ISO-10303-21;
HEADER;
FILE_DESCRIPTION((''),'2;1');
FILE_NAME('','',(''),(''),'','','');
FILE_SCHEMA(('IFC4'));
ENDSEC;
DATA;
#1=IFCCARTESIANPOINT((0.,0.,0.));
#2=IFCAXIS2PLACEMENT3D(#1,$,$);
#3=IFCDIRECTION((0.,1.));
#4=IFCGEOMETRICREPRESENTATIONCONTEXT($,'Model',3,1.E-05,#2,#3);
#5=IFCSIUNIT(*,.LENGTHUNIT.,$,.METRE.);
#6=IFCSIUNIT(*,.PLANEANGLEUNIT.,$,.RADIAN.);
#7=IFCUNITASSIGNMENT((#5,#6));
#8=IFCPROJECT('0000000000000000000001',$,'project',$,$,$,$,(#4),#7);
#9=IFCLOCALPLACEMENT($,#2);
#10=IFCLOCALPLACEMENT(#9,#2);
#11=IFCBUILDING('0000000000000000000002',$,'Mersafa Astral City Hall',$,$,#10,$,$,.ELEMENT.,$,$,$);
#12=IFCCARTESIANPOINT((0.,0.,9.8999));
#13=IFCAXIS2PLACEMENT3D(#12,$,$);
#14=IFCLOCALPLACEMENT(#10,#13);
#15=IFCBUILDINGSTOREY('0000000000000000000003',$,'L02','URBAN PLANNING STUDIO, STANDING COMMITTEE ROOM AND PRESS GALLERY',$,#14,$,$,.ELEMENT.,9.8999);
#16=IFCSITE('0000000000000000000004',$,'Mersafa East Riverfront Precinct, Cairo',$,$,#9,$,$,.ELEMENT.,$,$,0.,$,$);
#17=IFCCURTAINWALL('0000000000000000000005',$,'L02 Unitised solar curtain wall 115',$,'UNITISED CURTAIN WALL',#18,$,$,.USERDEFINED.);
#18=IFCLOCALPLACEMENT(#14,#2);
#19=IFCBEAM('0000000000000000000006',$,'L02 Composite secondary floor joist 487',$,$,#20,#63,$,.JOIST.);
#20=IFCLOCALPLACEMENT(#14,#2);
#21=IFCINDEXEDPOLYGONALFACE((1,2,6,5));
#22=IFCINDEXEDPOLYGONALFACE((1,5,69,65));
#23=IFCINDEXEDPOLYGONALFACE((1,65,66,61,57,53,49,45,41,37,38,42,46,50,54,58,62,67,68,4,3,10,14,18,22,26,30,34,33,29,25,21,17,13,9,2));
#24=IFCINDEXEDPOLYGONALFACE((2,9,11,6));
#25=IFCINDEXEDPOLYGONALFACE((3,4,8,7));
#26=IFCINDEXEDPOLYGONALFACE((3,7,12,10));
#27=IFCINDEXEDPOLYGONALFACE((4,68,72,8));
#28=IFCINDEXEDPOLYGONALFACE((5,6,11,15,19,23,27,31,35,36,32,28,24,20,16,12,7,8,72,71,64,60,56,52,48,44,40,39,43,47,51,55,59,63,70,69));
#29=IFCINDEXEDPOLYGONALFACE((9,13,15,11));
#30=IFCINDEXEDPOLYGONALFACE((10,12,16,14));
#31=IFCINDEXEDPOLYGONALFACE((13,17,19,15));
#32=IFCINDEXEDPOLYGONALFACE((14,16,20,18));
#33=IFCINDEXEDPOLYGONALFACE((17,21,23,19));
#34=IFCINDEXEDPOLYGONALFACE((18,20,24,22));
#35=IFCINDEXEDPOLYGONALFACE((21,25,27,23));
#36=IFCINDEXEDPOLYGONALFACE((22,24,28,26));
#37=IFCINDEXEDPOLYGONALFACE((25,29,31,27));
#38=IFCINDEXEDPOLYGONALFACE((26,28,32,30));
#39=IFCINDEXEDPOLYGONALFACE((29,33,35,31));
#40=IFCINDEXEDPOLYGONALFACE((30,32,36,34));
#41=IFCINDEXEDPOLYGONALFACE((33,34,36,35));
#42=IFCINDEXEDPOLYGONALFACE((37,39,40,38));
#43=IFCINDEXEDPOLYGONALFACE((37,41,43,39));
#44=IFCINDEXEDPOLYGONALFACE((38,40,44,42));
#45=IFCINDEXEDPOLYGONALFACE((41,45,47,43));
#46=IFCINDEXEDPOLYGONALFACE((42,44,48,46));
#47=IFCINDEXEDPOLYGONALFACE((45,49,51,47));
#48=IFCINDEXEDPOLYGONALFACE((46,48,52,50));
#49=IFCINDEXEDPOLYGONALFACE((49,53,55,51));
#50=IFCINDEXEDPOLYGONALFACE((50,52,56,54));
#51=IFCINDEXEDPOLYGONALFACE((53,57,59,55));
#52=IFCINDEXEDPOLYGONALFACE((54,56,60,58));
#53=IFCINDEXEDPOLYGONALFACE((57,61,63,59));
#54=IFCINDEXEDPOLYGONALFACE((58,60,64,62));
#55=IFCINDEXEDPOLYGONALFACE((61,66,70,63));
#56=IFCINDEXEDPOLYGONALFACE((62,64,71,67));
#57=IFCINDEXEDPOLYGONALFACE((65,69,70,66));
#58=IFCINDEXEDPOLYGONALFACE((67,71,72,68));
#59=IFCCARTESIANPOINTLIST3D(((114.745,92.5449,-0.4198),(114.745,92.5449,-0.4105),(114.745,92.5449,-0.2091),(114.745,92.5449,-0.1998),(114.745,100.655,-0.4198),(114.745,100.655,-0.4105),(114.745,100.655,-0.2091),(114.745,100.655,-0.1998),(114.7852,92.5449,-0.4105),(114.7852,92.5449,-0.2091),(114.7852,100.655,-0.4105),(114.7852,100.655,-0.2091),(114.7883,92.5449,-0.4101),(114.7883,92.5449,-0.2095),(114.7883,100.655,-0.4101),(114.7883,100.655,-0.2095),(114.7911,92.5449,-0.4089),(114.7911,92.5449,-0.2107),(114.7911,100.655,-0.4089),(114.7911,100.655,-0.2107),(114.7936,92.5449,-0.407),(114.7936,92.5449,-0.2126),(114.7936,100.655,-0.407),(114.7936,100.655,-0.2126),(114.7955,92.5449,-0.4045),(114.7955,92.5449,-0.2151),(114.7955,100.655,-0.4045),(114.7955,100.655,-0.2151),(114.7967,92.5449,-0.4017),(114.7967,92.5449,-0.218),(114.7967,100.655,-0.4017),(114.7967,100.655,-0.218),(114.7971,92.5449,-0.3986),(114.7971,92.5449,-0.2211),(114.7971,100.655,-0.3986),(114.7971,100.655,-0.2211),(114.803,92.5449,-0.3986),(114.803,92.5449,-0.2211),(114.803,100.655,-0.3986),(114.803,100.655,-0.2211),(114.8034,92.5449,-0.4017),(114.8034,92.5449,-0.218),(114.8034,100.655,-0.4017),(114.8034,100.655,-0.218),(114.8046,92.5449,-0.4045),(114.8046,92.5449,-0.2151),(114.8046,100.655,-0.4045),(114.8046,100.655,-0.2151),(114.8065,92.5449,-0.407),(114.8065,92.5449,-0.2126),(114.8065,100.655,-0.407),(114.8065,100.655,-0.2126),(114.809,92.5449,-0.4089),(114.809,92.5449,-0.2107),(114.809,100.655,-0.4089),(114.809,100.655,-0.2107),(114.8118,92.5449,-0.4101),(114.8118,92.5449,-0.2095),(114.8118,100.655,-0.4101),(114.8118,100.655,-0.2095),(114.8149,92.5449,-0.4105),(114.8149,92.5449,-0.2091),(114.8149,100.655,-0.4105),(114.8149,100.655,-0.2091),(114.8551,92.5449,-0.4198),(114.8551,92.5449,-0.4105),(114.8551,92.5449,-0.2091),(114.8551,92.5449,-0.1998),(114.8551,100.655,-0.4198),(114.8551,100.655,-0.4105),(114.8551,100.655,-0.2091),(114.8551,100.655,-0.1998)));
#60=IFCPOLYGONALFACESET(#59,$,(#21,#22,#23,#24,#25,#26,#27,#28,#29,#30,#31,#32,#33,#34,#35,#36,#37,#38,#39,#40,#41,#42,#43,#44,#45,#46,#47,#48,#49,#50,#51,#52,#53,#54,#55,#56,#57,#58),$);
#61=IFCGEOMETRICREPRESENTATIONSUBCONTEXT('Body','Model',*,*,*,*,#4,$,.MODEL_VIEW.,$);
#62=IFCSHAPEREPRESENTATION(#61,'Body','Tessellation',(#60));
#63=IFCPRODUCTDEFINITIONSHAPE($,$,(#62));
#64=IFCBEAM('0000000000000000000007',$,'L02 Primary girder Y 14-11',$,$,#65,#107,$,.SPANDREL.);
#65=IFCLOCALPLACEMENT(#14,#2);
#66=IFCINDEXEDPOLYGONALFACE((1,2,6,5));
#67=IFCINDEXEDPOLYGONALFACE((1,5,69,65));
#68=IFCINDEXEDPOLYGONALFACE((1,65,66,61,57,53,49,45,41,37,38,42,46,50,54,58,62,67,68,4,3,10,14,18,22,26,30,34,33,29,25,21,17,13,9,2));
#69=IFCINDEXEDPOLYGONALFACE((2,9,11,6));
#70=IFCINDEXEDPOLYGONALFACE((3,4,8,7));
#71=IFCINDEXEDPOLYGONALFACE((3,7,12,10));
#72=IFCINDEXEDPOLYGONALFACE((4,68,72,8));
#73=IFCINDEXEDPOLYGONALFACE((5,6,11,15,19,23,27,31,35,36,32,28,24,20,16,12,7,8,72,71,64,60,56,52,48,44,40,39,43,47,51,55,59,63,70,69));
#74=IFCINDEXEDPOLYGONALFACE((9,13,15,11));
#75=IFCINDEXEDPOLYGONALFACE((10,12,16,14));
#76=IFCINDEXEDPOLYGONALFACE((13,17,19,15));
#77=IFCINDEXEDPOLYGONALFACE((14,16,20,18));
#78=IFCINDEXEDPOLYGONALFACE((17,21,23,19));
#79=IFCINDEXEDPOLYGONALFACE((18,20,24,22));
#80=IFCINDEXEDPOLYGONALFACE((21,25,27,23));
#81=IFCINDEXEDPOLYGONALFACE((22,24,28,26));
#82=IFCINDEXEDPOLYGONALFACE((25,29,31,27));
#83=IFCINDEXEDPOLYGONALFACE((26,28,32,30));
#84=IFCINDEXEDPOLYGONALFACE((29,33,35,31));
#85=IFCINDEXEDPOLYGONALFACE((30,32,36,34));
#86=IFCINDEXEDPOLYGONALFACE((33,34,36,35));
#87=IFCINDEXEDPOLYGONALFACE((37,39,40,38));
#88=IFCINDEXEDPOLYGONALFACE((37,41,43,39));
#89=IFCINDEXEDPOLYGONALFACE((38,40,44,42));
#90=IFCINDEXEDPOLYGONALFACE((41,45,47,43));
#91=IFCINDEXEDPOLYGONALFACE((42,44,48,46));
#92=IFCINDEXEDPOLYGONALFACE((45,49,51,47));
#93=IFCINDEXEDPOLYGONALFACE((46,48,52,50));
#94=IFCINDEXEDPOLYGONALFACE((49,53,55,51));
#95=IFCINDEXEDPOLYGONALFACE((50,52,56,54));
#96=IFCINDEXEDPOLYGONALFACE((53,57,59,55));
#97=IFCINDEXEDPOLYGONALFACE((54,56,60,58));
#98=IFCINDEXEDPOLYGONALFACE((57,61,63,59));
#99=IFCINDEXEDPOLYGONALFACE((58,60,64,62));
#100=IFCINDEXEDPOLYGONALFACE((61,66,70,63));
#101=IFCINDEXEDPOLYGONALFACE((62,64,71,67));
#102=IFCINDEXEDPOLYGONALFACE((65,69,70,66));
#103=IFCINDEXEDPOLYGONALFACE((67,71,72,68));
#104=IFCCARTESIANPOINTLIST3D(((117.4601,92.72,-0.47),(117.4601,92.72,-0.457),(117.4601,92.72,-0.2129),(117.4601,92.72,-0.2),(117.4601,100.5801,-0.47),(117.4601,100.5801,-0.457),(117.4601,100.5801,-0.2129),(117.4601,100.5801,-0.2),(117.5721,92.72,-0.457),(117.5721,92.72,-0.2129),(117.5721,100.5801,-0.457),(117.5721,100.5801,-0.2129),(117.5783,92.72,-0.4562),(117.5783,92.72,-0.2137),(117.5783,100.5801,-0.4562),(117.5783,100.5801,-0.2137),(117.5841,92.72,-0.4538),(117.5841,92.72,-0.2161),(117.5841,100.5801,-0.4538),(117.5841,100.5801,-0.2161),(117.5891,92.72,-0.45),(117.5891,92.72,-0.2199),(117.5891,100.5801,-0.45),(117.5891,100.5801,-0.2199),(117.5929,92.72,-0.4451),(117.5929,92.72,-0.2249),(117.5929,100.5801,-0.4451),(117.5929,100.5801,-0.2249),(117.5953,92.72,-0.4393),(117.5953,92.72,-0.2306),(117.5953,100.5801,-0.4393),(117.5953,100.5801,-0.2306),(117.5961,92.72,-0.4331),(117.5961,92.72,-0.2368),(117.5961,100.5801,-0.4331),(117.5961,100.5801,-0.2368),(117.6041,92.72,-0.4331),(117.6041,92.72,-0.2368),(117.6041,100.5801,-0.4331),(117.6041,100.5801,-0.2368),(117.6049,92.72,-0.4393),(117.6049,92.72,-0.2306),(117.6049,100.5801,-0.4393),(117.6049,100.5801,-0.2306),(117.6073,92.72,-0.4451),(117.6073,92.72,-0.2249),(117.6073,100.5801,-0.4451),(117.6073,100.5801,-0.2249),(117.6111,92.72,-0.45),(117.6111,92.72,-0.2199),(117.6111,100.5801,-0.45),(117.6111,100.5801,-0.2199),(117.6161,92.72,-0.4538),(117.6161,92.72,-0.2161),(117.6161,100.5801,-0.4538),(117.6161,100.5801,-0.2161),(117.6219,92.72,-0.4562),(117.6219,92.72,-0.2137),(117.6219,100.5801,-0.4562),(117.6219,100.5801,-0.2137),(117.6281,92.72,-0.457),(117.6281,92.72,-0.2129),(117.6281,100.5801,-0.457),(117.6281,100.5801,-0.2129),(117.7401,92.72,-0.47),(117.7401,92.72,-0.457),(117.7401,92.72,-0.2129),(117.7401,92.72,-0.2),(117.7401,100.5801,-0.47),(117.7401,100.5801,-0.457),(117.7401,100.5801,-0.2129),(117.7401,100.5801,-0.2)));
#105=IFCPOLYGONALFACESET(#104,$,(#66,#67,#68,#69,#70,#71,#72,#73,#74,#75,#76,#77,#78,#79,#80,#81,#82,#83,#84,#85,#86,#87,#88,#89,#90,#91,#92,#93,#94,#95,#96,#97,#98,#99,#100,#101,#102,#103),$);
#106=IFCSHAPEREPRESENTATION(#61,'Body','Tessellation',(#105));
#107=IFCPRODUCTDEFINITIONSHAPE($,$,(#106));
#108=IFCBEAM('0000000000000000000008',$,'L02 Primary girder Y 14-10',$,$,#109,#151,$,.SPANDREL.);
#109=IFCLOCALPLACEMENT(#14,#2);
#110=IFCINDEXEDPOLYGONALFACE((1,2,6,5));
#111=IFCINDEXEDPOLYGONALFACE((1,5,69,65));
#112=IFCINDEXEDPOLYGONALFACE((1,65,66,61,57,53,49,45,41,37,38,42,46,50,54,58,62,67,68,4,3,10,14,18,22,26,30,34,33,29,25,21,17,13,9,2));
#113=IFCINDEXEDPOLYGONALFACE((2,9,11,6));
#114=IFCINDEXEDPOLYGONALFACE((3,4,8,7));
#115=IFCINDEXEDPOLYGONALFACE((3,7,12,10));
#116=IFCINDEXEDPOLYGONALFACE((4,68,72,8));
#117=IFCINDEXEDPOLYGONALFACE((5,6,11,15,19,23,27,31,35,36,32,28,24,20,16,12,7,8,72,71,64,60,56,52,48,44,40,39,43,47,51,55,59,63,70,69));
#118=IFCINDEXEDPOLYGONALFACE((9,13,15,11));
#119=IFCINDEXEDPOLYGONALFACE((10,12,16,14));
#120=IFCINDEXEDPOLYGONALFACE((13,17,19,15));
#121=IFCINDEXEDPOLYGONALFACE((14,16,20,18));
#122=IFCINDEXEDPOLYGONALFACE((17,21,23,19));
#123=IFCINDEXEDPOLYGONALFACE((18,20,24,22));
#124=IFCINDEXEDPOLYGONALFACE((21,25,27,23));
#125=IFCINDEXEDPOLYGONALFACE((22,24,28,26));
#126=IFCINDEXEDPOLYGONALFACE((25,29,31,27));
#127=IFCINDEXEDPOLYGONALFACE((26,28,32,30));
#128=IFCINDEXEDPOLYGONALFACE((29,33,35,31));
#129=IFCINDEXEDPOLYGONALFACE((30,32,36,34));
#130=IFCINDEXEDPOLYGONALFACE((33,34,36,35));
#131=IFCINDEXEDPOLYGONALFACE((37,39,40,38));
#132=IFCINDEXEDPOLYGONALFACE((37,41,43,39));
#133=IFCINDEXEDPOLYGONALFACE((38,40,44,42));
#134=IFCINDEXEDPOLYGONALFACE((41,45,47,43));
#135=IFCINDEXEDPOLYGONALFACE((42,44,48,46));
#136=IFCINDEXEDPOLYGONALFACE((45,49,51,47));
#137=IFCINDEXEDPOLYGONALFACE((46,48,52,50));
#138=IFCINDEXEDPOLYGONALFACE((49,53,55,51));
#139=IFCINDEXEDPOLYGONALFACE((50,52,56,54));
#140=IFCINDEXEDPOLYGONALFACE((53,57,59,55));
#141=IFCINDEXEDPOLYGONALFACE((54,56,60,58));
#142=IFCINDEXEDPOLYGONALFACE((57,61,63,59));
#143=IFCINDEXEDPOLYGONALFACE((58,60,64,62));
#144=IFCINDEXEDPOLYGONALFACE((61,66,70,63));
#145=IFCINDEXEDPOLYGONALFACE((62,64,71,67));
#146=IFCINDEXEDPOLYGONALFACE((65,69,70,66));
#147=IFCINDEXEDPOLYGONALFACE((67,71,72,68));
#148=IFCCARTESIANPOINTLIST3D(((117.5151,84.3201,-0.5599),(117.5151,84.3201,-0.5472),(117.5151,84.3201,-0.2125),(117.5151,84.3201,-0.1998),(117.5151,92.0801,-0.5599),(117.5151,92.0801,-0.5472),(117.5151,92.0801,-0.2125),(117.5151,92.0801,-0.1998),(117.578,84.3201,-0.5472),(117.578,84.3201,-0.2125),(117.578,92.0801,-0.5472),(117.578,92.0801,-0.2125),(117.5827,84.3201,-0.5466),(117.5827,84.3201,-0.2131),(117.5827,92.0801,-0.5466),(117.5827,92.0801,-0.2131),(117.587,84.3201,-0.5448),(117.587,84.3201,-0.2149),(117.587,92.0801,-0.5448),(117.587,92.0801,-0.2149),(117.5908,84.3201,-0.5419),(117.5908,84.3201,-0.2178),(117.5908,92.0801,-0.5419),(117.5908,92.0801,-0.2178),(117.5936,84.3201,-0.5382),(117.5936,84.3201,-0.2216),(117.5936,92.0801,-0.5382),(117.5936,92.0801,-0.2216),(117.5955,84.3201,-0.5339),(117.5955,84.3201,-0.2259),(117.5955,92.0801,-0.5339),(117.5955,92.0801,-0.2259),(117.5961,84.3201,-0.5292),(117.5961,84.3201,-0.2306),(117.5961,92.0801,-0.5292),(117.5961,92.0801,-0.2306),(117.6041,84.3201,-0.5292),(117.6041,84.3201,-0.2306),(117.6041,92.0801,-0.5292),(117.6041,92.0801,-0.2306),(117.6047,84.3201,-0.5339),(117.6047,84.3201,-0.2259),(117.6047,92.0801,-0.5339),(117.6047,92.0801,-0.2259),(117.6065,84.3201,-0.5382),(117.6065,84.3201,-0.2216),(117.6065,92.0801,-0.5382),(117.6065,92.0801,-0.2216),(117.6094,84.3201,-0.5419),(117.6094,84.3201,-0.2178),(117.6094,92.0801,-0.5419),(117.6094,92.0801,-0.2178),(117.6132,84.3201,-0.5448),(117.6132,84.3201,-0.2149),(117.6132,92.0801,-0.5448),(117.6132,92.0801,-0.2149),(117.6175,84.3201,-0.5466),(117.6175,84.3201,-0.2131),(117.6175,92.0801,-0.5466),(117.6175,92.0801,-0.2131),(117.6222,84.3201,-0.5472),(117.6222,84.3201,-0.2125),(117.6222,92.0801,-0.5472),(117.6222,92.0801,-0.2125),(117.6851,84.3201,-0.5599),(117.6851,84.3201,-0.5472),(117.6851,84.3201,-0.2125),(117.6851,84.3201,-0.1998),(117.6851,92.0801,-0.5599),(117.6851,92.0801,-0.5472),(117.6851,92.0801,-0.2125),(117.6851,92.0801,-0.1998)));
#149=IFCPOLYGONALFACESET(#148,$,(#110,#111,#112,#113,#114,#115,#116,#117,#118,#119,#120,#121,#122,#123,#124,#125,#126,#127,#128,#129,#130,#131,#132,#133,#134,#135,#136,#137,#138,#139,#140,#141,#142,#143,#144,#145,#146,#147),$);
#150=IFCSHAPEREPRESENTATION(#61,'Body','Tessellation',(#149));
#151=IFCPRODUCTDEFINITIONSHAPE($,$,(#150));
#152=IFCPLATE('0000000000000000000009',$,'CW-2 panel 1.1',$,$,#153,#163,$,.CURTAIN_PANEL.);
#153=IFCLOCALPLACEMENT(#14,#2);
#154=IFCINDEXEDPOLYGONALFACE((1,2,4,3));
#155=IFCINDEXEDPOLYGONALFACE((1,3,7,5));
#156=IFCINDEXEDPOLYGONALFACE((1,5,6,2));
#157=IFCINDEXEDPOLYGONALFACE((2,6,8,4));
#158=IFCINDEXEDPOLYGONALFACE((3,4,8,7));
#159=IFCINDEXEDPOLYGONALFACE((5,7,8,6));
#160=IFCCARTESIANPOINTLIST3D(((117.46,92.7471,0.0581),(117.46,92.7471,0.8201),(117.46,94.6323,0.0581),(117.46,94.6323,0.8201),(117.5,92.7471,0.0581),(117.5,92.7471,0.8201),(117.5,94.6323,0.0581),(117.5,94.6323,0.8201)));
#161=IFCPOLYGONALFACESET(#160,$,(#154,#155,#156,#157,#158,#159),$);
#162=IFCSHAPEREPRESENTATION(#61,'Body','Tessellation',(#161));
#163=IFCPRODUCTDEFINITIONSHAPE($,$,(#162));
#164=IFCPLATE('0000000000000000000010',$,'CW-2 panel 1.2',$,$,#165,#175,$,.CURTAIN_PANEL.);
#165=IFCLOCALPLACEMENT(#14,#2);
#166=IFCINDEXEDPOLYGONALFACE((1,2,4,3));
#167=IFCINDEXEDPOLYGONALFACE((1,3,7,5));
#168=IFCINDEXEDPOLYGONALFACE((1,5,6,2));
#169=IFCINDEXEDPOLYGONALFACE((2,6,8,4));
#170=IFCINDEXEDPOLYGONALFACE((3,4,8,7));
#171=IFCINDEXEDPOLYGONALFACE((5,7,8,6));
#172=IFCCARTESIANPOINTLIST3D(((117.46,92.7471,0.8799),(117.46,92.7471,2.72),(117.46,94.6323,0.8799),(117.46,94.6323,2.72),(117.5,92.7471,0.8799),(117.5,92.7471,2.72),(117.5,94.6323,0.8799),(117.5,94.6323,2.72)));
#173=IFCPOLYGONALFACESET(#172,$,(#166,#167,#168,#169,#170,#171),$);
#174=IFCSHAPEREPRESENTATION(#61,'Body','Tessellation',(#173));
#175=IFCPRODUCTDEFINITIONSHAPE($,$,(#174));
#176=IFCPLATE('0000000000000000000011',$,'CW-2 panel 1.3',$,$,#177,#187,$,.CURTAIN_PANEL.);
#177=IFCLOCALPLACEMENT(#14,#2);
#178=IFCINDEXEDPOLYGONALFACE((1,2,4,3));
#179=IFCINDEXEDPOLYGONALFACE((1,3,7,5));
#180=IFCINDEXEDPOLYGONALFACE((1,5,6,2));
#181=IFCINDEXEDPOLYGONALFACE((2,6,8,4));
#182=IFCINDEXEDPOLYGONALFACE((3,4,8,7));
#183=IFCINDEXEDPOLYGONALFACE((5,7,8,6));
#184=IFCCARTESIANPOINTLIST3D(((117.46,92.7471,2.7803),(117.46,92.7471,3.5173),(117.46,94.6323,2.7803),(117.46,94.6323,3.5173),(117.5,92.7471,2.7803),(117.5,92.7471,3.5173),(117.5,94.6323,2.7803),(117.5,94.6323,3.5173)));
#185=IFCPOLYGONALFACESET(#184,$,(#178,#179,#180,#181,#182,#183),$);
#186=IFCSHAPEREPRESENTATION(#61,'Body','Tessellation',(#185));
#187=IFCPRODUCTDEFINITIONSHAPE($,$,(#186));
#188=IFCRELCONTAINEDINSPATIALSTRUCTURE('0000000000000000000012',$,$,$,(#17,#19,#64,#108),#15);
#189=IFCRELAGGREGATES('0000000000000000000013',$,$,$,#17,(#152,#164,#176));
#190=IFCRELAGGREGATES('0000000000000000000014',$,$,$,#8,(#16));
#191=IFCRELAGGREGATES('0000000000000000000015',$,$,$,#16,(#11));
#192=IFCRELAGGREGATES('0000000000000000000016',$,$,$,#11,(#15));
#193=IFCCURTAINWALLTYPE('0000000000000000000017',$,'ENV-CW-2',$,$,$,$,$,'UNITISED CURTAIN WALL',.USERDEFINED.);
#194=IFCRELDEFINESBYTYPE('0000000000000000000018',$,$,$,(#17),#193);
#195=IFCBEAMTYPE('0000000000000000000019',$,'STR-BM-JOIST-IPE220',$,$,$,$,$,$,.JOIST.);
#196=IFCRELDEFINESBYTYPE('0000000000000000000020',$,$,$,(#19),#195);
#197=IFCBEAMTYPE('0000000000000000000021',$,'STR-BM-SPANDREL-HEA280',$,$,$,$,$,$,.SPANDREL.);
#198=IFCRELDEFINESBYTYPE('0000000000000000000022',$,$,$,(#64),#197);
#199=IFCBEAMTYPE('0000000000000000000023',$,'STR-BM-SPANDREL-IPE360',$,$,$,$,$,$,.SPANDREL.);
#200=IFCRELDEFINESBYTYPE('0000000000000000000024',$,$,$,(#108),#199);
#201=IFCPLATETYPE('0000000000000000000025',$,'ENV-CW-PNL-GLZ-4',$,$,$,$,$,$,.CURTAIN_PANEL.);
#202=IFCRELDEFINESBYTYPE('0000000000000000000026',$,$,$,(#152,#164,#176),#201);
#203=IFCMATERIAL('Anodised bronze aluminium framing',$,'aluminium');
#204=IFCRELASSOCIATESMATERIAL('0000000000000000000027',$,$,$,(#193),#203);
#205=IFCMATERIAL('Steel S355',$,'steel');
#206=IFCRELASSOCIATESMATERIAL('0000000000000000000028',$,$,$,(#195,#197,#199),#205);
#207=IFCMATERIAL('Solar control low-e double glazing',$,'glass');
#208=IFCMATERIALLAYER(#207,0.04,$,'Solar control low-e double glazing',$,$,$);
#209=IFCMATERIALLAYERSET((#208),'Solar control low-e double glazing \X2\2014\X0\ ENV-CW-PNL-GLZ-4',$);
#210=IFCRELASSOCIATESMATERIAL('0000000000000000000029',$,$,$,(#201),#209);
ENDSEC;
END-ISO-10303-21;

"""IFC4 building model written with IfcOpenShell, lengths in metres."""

from ifc_helpers import new_model, si_unit, direction, frame, origin, origin_2d, place, context, subcontext, project, spatial, rectangle, i_section, extrude, material, layer, layer_set, material_profile, profile_set, type_object, element, aggregate, save


model = new_model("IFC4")

# Units and contexts
model_context = context("Model", 3, precision=1e-05, world=origin(), true_north=direction((0.0, 1.0)))
body_context = subcontext(model_context, "Body", "Model", "MODEL_VIEW")
ifc_project = project(units=[si_unit("LENGTHUNIT", "METRE"), si_unit("PLANEANGLEUNIT", "RADIAN")], contexts=[model_context])

# Site, building, storey
site_placement = place(None, origin())
site = spatial("IfcSite", under=ifc_project, at=site_placement, Name="Mersafa East Riverfront Precinct, Cairo", CompositionType="ELEMENT", RefElevation=0.0)
building_placement = place(site_placement, origin())
building = spatial("IfcBuilding", under=site, at=building_placement, Name="Mersafa Astral City Hall", CompositionType="ELEMENT")
storey_placement = place(building_placement, frame((0.0, 0.0, 9.8999)))
storey = spatial("IfcBuildingStorey", under=building, at=storey_placement, Name="L02", Description="URBAN PLANNING STUDIO, STANDING COMMITTEE ROOM AND PRESS GALLERY", CompositionType="ELEMENT", Elevation=9.8999)

# Shared definitions
ifc_material_1 = material(Name="Steel S355", Category="steel")

# Curtain wall
ifc_material_2 = material(Name="Anodised bronze aluminium framing", Category="aluminium")
curtain_wall_type = type_object("IfcCurtainWallType", Name="ENV-CW-2", ElementType="UNITISED CURTAIN WALL", PredefinedType="USERDEFINED", material=ifc_material_2)
curtain_wall_placement = place(storey_placement, origin())
curtain_wall = element("IfcCurtainWall", 1, at=curtain_wall_placement, inside=storey, type_object=curtain_wall_type, Name="L02 Unitised solar curtain wall 115", ObjectType="UNITISED CURTAIN WALL", PredefinedType="USERDEFINED")

# Beams
ifc_material_profile_1 = material_profile(ifc_material_1, i_section(OverallWidth=0.1101, OverallDepth=0.22, WebThickness=0.0059, FlangeThickness=0.0093, FilletRadius=0.012, at=origin_2d()), Name="IPE 220")
ifc_profile_set_1 = profile_set([ifc_material_profile_1], Name="Steel S355")
beam_type_1 = type_object("IfcBeamType", Name="STR-BM-JOIST-IPE220", PredefinedType="JOIST", material=ifc_profile_set_1)
for number, where, z_axis, x_axis, name in (
    (2, (114.8, 92.5449, -0.3098), (0.0, 1.0, 0.0), (-1.0, 0.0, 0.0), "L02 Composite secondary floor joist 487"),
):
    element("IfcBeam", number, at=place(storey_placement, frame(where, z_axis=z_axis, x_axis=x_axis)), inside=storey, type_object=beam_type_1, Name=name, PredefinedType="JOIST", context=body_context, shape_type="SweptSolid", body=[
        extrude(i_section(OverallWidth=0.1101, OverallDepth=0.22, WebThickness=0.0059, FlangeThickness=0.0093, FilletRadius=0.012, at=origin_2d()), origin(), (0.0, 0.0, 1.0), 8.1101),
    ])
ifc_material_profile_2 = material_profile(ifc_material_1, i_section(OverallWidth=0.28, OverallDepth=0.27, WebThickness=0.0081, FlangeThickness=0.0129, FilletRadius=0.0239, at=origin_2d()), Name="HEA 280")
ifc_profile_set_2 = profile_set([ifc_material_profile_2], Name="Steel S355")
beam_type_2 = type_object("IfcBeamType", Name="STR-BM-SPANDREL-HEA280", PredefinedType="SPANDREL", material=ifc_profile_set_2)
beam_1_placement = place(storey_placement, frame((117.6001, 92.72, -0.335), z_axis=(0.0, 1.0, 0.0), x_axis=(-1.0, 0.0, 0.0)))
element("IfcBeam", 3, at=beam_1_placement, inside=storey, type_object=beam_type_2, Name="L02 Primary girder Y 14-11", PredefinedType="SPANDREL", context=body_context, shape_type="SweptSolid", body=[
    extrude(i_section(OverallWidth=0.28, OverallDepth=0.27, WebThickness=0.0081, FlangeThickness=0.0129, FilletRadius=0.0239, at=origin_2d()), origin(), (0.0, 0.0, 1.0), 7.8601),
])
ifc_material_profile_3 = material_profile(ifc_material_1, i_section(OverallWidth=0.1699, OverallDepth=0.3601, WebThickness=0.0081, FlangeThickness=0.0127, FilletRadius=0.0181, at=origin_2d()), Name="IPE 360")
ifc_profile_set_3 = profile_set([ifc_material_profile_3], Name="Steel S355")
beam_type_3 = type_object("IfcBeamType", Name="STR-BM-SPANDREL-IPE360", PredefinedType="SPANDREL", material=ifc_profile_set_3)
beam_2_placement = place(storey_placement, frame((117.6001, 84.3201, -0.3799), z_axis=(0.0, 1.0, 0.0), x_axis=(-1.0, 0.0, 0.0)))
element("IfcBeam", 4, at=beam_2_placement, inside=storey, type_object=beam_type_3, Name="L02 Primary girder Y 14-10", PredefinedType="SPANDREL", context=body_context, shape_type="SweptSolid", body=[
    extrude(i_section(OverallWidth=0.1699, OverallDepth=0.3601, WebThickness=0.0081, FlangeThickness=0.0127, FilletRadius=0.0181, at=origin_2d()), origin(), (0.0, 0.0, 1.0), 7.76),
])

# Plates
ifc_material_3 = material(Name="Solar control low-e double glazing", Category="glass")
ifc_layer = layer(ifc_material_3, 0.04, Name="Solar control low-e double glazing")
ifc_layer_set = layer_set([ifc_layer], Name="Solar control low-e double glazing — ENV-CW-PNL-GLZ-4")
plate_type = type_object("IfcPlateType", Name="ENV-CW-PNL-GLZ-4", PredefinedType="CURTAIN_PANEL", material=ifc_layer_set)
plate_1_placement = place(storey_placement, frame((117.48, 93.6897, 0.0581), z_axis=(0.0, 0.0, 1.0), x_axis=(0.0, 1.0, 0.0)))
plate_1 = element("IfcPlate", 5, at=plate_1_placement, type_object=plate_type, Name="CW-2 panel 1.1", PredefinedType="CURTAIN_PANEL", context=body_context, shape_type="SweptSolid", body=[
    extrude(rectangle(XDim=1.8853, YDim=0.04, at=origin_2d()), origin(), (0.0, 0.0, 1.0), 0.762),
])
plate_2_placement = place(storey_placement, frame((117.48, 93.6897, 0.8799), z_axis=(0.0, 0.0, 1.0), x_axis=(0.0, 1.0, 0.0)))
plate_2 = element("IfcPlate", 6, at=plate_2_placement, type_object=plate_type, Name="CW-2 panel 1.2", PredefinedType="CURTAIN_PANEL", context=body_context, shape_type="SweptSolid", body=[
    extrude(rectangle(XDim=1.8853, YDim=0.04, at=origin_2d()), origin(), (0.0, 0.0, 1.0), 1.8401),
])
plate_3_placement = place(storey_placement, frame((117.48, 93.6897, 2.7803), z_axis=(0.0, 0.0, 1.0), x_axis=(0.0, 1.0, 0.0)))
plate_3 = element("IfcPlate", 7, at=plate_3_placement, type_object=plate_type, Name="CW-2 panel 1.3", PredefinedType="CURTAIN_PANEL", context=body_context, shape_type="SweptSolid", body=[
    extrude(rectangle(XDim=1.8853, YDim=0.04, at=origin_2d()), origin(), (0.0, 0.0, 1.0), 0.7371),
])
aggregate(curtain_wall, [plate_1, plate_2, plate_3])

save(model, "model.ifc")
